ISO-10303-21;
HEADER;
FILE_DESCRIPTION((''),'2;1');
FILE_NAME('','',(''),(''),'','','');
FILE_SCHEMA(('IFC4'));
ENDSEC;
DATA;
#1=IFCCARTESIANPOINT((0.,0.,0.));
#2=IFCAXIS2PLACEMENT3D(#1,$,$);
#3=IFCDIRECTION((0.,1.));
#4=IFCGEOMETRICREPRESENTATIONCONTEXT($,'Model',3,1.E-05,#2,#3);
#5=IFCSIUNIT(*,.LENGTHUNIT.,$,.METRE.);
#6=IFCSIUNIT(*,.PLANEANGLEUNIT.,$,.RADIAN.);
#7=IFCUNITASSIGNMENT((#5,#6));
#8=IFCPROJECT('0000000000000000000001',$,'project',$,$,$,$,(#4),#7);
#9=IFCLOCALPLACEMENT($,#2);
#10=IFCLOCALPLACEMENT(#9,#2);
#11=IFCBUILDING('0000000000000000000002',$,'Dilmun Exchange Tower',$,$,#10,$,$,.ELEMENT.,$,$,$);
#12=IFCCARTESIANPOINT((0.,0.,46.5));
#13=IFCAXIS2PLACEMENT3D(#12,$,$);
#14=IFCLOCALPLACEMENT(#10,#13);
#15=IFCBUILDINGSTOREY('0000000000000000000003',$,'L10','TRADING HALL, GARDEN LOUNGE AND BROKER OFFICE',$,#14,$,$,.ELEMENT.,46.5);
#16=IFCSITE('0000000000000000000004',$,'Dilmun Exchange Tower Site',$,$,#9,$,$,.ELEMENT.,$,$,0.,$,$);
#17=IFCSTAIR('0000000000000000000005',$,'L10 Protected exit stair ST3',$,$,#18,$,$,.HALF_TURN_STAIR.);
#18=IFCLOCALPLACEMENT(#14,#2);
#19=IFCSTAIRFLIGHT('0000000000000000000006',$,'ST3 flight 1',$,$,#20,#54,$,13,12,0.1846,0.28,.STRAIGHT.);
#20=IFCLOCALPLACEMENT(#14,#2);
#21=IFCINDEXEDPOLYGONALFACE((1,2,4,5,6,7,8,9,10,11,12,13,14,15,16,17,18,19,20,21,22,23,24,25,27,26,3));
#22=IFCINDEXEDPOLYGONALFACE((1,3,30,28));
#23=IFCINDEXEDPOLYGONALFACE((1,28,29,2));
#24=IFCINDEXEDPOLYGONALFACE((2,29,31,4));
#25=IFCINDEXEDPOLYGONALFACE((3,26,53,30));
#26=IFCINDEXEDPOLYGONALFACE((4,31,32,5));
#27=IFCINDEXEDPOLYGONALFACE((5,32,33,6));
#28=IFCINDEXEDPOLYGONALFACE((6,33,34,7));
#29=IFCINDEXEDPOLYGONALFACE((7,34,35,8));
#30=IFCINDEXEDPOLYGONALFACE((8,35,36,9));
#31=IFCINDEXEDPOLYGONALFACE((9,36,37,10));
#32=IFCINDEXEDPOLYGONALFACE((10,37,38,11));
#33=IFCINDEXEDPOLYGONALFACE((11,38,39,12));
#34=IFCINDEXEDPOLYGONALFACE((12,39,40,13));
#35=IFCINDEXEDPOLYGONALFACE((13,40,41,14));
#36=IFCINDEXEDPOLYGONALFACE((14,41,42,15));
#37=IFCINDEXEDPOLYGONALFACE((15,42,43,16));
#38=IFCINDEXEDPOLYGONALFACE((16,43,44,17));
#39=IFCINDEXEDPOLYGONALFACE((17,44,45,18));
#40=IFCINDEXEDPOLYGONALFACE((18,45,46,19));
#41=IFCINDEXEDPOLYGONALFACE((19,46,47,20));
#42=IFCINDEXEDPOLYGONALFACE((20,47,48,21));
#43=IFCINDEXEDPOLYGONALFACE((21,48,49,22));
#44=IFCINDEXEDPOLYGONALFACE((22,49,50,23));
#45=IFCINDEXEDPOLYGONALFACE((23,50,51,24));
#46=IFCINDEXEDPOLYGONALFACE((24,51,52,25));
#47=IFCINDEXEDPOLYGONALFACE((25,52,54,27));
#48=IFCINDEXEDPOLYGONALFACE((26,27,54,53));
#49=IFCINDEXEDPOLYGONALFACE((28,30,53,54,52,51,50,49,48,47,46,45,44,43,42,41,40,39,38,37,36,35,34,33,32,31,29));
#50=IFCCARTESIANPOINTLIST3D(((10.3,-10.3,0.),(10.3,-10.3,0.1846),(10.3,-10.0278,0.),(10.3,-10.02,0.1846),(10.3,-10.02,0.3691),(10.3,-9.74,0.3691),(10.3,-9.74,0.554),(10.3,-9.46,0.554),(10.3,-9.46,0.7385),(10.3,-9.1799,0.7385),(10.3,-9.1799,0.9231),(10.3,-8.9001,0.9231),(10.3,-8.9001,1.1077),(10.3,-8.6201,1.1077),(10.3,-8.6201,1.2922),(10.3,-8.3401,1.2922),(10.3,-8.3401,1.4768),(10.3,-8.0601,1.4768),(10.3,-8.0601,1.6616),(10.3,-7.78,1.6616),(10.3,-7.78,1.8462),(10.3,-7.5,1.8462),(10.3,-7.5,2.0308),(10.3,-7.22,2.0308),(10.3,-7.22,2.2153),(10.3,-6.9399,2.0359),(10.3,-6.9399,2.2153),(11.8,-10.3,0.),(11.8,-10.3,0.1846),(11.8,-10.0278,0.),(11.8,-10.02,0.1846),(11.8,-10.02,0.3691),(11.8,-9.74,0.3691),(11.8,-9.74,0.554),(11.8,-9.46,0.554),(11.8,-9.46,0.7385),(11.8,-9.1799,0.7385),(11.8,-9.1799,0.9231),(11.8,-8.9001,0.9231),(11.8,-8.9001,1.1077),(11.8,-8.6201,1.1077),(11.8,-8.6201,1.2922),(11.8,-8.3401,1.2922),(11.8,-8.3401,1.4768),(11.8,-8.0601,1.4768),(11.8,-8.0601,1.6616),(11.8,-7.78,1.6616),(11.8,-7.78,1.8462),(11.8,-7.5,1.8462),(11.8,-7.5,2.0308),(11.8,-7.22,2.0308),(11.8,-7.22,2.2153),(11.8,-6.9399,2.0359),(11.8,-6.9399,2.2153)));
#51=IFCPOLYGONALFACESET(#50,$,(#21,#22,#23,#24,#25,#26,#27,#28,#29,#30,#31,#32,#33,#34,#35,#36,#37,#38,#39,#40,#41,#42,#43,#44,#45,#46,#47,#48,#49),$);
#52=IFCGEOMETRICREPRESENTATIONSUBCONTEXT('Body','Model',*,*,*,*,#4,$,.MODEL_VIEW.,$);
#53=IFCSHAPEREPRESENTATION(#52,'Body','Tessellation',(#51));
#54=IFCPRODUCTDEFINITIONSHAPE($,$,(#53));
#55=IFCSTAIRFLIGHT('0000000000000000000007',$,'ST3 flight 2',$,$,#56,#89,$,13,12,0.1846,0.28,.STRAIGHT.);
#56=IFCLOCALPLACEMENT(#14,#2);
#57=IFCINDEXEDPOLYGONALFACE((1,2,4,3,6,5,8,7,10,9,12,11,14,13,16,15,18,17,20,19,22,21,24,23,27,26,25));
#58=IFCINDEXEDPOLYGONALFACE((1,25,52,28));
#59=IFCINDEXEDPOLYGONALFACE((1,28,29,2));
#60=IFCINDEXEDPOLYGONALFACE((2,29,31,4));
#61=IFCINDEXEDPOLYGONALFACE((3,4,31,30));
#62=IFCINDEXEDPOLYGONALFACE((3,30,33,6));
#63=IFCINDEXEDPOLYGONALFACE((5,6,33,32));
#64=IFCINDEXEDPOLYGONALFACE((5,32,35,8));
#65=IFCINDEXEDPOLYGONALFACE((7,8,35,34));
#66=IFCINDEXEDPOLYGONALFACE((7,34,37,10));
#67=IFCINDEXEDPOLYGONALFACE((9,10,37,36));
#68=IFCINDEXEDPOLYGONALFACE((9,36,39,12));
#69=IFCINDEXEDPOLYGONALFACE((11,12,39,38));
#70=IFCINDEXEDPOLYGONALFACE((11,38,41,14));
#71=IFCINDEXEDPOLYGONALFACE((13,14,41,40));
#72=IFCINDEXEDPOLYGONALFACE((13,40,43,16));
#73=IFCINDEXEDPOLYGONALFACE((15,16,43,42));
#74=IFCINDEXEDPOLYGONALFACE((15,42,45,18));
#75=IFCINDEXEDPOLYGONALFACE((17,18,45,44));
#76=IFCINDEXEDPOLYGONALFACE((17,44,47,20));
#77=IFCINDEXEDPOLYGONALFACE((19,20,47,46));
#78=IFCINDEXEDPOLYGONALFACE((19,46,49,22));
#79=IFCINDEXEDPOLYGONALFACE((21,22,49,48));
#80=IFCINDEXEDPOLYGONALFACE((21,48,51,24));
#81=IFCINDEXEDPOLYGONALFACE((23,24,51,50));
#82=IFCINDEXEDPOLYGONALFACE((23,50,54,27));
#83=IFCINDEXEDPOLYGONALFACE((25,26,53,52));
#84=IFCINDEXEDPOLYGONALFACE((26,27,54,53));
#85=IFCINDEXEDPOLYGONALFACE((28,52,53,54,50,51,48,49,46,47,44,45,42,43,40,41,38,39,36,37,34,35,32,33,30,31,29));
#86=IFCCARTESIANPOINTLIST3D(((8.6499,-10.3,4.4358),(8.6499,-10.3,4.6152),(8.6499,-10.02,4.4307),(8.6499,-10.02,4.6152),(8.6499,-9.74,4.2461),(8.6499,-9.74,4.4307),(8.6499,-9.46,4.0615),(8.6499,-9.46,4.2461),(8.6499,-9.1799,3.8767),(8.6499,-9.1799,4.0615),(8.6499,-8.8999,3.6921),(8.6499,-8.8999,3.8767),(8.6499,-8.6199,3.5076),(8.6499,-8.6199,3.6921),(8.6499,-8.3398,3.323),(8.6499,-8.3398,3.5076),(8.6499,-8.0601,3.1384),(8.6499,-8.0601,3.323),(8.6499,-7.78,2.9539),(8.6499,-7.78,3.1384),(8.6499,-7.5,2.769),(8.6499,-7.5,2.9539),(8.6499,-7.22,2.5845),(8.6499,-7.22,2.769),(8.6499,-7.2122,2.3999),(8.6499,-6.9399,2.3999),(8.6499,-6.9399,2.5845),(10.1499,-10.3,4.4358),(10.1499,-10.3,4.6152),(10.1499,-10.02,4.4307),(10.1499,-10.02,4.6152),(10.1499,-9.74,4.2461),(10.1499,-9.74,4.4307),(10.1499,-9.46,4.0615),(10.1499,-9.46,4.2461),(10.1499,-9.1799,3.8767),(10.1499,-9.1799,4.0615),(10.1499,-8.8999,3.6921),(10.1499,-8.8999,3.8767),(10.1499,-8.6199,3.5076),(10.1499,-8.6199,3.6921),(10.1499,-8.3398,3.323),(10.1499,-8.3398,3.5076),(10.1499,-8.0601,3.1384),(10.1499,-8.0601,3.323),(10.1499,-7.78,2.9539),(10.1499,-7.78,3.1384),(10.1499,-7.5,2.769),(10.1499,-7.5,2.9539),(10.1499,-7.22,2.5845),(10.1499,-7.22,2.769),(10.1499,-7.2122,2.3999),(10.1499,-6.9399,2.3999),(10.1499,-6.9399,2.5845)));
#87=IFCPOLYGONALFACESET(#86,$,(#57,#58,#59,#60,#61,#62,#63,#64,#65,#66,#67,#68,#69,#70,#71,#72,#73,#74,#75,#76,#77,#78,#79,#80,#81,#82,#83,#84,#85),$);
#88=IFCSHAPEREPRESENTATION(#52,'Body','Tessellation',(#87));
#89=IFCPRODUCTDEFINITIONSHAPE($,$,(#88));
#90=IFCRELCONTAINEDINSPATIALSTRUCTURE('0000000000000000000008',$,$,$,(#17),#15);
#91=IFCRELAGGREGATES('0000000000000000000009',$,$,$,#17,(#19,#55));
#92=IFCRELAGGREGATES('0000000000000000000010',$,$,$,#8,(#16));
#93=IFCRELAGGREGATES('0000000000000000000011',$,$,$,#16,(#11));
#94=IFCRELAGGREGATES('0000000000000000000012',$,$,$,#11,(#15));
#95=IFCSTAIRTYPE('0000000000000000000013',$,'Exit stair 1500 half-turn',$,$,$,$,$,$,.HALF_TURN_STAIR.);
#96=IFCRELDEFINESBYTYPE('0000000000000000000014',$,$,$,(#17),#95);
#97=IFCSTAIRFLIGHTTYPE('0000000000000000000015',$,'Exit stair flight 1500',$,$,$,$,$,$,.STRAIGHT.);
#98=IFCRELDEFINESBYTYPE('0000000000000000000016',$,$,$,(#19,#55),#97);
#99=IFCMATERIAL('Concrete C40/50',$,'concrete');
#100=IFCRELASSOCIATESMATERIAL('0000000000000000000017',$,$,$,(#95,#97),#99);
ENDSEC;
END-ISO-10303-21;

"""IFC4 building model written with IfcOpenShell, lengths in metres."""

from ifc_helpers import new_model, si_unit, direction, frame, origin, place, context, subcontext, project, spatial, polyline, outline, extrude, material, type_object, element, aggregate, save


model = new_model("IFC4")

# Units and contexts
model_context = context("Model", 3, precision=1e-05, world=origin(), true_north=direction((0.0, 1.0)))
body_context = subcontext(model_context, "Body", "Model", "MODEL_VIEW")
ifc_project = project(units=[si_unit("LENGTHUNIT", "METRE"), si_unit("PLANEANGLEUNIT", "RADIAN")], contexts=[model_context])

# Site, building, storey
site_placement = place(None, origin())
site = spatial("IfcSite", under=ifc_project, at=site_placement, Name="Dilmun Exchange Tower Site", CompositionType="ELEMENT", RefElevation=0.0)
building_placement = place(site_placement, origin())
building = spatial("IfcBuilding", under=site, at=building_placement, Name="Dilmun Exchange Tower", CompositionType="ELEMENT")
storey_placement = place(building_placement, frame((0.0, 0.0, 46.5)))
storey = spatial("IfcBuildingStorey", under=building, at=storey_placement, Name="L10", Description="TRADING HALL, GARDEN LOUNGE AND BROKER OFFICE", CompositionType="ELEMENT", Elevation=46.5)

# Shared definitions
ifc_material_1 = material(Name="Concrete C40/50", Category="concrete")

# Stair, stair flights
stair_type = type_object("IfcStairType", Name="Exit stair 1500 half-turn", PredefinedType="HALF_TURN_STAIR", material=ifc_material_1)
stair_placement = place(storey_placement, origin())
stair = element("IfcStair", 1, at=stair_placement, inside=storey, type_object=stair_type, Name="L10 Protected exit stair ST3", PredefinedType="HALF_TURN_STAIR")
stair_flight_type = type_object("IfcStairFlightType", Name="Exit stair flight 1500", PredefinedType="STRAIGHT", material=ifc_material_1)
stair_flight_1_placement = place(storey_placement, frame((11.05, -10.3, 0.0), z_axis=(0.0, 0.0, 1.0), x_axis=(0.0, 1.0, 0.0)))
stair_flight_1 = element("IfcStairFlight", 2, at=stair_flight_1_placement, type_object=stair_flight_type, Name="ST3 flight 1", NumberOfRisers=13, NumberOfTreads=12, PredefinedType="STRAIGHT", RiserHeight=0.1846, TreadLength=0.28, context=body_context, shape_type="SweptSolid", body=[
    extrude(outline(polyline([(0.0, 0.0), (0.0, 0.1846), (0.28, 0.1846), (0.28, 0.3691), (0.5601, 0.3691), (0.5601, 0.554), (0.8401, 0.554), (0.8401, 0.7385), (1.1201, 0.7385), (1.1201, 0.9231), (1.3999, 0.9231), (1.3999, 1.1077), (1.6799, 1.1077), (1.6799, 1.2922), (1.96, 1.2922), (1.96, 1.4768), (2.24, 1.4768), (2.24, 1.6616), (2.52, 1.6616), (2.52, 1.8462), (2.8, 1.8462), (2.8, 2.0308), (3.0801, 2.0308), (3.0801, 2.2153), (3.3601, 2.2153), (3.3601, 2.3999), (3.3601, 2.0359), (0.2722, 0.0), (0.0, 0.0)])), frame((0.0, 0.75, 0.0), z_axis=(0.0, -1.0, 0.0), x_axis=(1.0, 0.0, 0.0)), (0.0, 0.0, 1.0), 1.5),
])
stair_flight_2_placement = place(storey_placement, frame((9.3999, -6.9399, 2.3999), z_axis=(0.0, 0.0, 1.0), x_axis=(0.0, -1.0, 0.0)))
stair_flight_2 = element("IfcStairFlight", 3, at=stair_flight_2_placement, type_object=stair_flight_type, Name="ST3 flight 2", NumberOfRisers=13, NumberOfTreads=12, PredefinedType="STRAIGHT", RiserHeight=0.1846, TreadLength=0.28, context=body_context, shape_type="SweptSolid", body=[
    extrude(outline(polyline([(0.0, 0.0), (0.0, 0.1846), (0.28, 0.1846), (0.28, 0.3691), (0.5601, 0.3691), (0.5601, 0.554), (0.8401, 0.554), (0.8401, 0.7385), (1.1201, 0.7385), (1.1201, 0.9231), (1.3999, 0.9231), (1.3999, 1.1077), (1.6799, 1.1077), (1.6799, 1.2922), (1.96, 1.2922), (1.96, 1.4768), (2.24, 1.4768), (2.24, 1.6616), (2.52, 1.6616), (2.52, 1.8462), (2.8, 1.8462), (2.8, 2.0308), (3.0801, 2.0308), (3.0801, 2.2153), (3.3601, 2.2153), (3.3601, 2.3999), (3.3601, 2.0359), (0.2722, 0.0), (0.0, 0.0)])), frame((0.0, 0.75, 0.0), z_axis=(0.0, -1.0, 0.0), x_axis=(1.0, 0.0, 0.0)), (0.0, 0.0, 1.0), 1.5),
])
aggregate(stair, [stair_flight_1, stair_flight_2])

save(model, "model.ifc")
